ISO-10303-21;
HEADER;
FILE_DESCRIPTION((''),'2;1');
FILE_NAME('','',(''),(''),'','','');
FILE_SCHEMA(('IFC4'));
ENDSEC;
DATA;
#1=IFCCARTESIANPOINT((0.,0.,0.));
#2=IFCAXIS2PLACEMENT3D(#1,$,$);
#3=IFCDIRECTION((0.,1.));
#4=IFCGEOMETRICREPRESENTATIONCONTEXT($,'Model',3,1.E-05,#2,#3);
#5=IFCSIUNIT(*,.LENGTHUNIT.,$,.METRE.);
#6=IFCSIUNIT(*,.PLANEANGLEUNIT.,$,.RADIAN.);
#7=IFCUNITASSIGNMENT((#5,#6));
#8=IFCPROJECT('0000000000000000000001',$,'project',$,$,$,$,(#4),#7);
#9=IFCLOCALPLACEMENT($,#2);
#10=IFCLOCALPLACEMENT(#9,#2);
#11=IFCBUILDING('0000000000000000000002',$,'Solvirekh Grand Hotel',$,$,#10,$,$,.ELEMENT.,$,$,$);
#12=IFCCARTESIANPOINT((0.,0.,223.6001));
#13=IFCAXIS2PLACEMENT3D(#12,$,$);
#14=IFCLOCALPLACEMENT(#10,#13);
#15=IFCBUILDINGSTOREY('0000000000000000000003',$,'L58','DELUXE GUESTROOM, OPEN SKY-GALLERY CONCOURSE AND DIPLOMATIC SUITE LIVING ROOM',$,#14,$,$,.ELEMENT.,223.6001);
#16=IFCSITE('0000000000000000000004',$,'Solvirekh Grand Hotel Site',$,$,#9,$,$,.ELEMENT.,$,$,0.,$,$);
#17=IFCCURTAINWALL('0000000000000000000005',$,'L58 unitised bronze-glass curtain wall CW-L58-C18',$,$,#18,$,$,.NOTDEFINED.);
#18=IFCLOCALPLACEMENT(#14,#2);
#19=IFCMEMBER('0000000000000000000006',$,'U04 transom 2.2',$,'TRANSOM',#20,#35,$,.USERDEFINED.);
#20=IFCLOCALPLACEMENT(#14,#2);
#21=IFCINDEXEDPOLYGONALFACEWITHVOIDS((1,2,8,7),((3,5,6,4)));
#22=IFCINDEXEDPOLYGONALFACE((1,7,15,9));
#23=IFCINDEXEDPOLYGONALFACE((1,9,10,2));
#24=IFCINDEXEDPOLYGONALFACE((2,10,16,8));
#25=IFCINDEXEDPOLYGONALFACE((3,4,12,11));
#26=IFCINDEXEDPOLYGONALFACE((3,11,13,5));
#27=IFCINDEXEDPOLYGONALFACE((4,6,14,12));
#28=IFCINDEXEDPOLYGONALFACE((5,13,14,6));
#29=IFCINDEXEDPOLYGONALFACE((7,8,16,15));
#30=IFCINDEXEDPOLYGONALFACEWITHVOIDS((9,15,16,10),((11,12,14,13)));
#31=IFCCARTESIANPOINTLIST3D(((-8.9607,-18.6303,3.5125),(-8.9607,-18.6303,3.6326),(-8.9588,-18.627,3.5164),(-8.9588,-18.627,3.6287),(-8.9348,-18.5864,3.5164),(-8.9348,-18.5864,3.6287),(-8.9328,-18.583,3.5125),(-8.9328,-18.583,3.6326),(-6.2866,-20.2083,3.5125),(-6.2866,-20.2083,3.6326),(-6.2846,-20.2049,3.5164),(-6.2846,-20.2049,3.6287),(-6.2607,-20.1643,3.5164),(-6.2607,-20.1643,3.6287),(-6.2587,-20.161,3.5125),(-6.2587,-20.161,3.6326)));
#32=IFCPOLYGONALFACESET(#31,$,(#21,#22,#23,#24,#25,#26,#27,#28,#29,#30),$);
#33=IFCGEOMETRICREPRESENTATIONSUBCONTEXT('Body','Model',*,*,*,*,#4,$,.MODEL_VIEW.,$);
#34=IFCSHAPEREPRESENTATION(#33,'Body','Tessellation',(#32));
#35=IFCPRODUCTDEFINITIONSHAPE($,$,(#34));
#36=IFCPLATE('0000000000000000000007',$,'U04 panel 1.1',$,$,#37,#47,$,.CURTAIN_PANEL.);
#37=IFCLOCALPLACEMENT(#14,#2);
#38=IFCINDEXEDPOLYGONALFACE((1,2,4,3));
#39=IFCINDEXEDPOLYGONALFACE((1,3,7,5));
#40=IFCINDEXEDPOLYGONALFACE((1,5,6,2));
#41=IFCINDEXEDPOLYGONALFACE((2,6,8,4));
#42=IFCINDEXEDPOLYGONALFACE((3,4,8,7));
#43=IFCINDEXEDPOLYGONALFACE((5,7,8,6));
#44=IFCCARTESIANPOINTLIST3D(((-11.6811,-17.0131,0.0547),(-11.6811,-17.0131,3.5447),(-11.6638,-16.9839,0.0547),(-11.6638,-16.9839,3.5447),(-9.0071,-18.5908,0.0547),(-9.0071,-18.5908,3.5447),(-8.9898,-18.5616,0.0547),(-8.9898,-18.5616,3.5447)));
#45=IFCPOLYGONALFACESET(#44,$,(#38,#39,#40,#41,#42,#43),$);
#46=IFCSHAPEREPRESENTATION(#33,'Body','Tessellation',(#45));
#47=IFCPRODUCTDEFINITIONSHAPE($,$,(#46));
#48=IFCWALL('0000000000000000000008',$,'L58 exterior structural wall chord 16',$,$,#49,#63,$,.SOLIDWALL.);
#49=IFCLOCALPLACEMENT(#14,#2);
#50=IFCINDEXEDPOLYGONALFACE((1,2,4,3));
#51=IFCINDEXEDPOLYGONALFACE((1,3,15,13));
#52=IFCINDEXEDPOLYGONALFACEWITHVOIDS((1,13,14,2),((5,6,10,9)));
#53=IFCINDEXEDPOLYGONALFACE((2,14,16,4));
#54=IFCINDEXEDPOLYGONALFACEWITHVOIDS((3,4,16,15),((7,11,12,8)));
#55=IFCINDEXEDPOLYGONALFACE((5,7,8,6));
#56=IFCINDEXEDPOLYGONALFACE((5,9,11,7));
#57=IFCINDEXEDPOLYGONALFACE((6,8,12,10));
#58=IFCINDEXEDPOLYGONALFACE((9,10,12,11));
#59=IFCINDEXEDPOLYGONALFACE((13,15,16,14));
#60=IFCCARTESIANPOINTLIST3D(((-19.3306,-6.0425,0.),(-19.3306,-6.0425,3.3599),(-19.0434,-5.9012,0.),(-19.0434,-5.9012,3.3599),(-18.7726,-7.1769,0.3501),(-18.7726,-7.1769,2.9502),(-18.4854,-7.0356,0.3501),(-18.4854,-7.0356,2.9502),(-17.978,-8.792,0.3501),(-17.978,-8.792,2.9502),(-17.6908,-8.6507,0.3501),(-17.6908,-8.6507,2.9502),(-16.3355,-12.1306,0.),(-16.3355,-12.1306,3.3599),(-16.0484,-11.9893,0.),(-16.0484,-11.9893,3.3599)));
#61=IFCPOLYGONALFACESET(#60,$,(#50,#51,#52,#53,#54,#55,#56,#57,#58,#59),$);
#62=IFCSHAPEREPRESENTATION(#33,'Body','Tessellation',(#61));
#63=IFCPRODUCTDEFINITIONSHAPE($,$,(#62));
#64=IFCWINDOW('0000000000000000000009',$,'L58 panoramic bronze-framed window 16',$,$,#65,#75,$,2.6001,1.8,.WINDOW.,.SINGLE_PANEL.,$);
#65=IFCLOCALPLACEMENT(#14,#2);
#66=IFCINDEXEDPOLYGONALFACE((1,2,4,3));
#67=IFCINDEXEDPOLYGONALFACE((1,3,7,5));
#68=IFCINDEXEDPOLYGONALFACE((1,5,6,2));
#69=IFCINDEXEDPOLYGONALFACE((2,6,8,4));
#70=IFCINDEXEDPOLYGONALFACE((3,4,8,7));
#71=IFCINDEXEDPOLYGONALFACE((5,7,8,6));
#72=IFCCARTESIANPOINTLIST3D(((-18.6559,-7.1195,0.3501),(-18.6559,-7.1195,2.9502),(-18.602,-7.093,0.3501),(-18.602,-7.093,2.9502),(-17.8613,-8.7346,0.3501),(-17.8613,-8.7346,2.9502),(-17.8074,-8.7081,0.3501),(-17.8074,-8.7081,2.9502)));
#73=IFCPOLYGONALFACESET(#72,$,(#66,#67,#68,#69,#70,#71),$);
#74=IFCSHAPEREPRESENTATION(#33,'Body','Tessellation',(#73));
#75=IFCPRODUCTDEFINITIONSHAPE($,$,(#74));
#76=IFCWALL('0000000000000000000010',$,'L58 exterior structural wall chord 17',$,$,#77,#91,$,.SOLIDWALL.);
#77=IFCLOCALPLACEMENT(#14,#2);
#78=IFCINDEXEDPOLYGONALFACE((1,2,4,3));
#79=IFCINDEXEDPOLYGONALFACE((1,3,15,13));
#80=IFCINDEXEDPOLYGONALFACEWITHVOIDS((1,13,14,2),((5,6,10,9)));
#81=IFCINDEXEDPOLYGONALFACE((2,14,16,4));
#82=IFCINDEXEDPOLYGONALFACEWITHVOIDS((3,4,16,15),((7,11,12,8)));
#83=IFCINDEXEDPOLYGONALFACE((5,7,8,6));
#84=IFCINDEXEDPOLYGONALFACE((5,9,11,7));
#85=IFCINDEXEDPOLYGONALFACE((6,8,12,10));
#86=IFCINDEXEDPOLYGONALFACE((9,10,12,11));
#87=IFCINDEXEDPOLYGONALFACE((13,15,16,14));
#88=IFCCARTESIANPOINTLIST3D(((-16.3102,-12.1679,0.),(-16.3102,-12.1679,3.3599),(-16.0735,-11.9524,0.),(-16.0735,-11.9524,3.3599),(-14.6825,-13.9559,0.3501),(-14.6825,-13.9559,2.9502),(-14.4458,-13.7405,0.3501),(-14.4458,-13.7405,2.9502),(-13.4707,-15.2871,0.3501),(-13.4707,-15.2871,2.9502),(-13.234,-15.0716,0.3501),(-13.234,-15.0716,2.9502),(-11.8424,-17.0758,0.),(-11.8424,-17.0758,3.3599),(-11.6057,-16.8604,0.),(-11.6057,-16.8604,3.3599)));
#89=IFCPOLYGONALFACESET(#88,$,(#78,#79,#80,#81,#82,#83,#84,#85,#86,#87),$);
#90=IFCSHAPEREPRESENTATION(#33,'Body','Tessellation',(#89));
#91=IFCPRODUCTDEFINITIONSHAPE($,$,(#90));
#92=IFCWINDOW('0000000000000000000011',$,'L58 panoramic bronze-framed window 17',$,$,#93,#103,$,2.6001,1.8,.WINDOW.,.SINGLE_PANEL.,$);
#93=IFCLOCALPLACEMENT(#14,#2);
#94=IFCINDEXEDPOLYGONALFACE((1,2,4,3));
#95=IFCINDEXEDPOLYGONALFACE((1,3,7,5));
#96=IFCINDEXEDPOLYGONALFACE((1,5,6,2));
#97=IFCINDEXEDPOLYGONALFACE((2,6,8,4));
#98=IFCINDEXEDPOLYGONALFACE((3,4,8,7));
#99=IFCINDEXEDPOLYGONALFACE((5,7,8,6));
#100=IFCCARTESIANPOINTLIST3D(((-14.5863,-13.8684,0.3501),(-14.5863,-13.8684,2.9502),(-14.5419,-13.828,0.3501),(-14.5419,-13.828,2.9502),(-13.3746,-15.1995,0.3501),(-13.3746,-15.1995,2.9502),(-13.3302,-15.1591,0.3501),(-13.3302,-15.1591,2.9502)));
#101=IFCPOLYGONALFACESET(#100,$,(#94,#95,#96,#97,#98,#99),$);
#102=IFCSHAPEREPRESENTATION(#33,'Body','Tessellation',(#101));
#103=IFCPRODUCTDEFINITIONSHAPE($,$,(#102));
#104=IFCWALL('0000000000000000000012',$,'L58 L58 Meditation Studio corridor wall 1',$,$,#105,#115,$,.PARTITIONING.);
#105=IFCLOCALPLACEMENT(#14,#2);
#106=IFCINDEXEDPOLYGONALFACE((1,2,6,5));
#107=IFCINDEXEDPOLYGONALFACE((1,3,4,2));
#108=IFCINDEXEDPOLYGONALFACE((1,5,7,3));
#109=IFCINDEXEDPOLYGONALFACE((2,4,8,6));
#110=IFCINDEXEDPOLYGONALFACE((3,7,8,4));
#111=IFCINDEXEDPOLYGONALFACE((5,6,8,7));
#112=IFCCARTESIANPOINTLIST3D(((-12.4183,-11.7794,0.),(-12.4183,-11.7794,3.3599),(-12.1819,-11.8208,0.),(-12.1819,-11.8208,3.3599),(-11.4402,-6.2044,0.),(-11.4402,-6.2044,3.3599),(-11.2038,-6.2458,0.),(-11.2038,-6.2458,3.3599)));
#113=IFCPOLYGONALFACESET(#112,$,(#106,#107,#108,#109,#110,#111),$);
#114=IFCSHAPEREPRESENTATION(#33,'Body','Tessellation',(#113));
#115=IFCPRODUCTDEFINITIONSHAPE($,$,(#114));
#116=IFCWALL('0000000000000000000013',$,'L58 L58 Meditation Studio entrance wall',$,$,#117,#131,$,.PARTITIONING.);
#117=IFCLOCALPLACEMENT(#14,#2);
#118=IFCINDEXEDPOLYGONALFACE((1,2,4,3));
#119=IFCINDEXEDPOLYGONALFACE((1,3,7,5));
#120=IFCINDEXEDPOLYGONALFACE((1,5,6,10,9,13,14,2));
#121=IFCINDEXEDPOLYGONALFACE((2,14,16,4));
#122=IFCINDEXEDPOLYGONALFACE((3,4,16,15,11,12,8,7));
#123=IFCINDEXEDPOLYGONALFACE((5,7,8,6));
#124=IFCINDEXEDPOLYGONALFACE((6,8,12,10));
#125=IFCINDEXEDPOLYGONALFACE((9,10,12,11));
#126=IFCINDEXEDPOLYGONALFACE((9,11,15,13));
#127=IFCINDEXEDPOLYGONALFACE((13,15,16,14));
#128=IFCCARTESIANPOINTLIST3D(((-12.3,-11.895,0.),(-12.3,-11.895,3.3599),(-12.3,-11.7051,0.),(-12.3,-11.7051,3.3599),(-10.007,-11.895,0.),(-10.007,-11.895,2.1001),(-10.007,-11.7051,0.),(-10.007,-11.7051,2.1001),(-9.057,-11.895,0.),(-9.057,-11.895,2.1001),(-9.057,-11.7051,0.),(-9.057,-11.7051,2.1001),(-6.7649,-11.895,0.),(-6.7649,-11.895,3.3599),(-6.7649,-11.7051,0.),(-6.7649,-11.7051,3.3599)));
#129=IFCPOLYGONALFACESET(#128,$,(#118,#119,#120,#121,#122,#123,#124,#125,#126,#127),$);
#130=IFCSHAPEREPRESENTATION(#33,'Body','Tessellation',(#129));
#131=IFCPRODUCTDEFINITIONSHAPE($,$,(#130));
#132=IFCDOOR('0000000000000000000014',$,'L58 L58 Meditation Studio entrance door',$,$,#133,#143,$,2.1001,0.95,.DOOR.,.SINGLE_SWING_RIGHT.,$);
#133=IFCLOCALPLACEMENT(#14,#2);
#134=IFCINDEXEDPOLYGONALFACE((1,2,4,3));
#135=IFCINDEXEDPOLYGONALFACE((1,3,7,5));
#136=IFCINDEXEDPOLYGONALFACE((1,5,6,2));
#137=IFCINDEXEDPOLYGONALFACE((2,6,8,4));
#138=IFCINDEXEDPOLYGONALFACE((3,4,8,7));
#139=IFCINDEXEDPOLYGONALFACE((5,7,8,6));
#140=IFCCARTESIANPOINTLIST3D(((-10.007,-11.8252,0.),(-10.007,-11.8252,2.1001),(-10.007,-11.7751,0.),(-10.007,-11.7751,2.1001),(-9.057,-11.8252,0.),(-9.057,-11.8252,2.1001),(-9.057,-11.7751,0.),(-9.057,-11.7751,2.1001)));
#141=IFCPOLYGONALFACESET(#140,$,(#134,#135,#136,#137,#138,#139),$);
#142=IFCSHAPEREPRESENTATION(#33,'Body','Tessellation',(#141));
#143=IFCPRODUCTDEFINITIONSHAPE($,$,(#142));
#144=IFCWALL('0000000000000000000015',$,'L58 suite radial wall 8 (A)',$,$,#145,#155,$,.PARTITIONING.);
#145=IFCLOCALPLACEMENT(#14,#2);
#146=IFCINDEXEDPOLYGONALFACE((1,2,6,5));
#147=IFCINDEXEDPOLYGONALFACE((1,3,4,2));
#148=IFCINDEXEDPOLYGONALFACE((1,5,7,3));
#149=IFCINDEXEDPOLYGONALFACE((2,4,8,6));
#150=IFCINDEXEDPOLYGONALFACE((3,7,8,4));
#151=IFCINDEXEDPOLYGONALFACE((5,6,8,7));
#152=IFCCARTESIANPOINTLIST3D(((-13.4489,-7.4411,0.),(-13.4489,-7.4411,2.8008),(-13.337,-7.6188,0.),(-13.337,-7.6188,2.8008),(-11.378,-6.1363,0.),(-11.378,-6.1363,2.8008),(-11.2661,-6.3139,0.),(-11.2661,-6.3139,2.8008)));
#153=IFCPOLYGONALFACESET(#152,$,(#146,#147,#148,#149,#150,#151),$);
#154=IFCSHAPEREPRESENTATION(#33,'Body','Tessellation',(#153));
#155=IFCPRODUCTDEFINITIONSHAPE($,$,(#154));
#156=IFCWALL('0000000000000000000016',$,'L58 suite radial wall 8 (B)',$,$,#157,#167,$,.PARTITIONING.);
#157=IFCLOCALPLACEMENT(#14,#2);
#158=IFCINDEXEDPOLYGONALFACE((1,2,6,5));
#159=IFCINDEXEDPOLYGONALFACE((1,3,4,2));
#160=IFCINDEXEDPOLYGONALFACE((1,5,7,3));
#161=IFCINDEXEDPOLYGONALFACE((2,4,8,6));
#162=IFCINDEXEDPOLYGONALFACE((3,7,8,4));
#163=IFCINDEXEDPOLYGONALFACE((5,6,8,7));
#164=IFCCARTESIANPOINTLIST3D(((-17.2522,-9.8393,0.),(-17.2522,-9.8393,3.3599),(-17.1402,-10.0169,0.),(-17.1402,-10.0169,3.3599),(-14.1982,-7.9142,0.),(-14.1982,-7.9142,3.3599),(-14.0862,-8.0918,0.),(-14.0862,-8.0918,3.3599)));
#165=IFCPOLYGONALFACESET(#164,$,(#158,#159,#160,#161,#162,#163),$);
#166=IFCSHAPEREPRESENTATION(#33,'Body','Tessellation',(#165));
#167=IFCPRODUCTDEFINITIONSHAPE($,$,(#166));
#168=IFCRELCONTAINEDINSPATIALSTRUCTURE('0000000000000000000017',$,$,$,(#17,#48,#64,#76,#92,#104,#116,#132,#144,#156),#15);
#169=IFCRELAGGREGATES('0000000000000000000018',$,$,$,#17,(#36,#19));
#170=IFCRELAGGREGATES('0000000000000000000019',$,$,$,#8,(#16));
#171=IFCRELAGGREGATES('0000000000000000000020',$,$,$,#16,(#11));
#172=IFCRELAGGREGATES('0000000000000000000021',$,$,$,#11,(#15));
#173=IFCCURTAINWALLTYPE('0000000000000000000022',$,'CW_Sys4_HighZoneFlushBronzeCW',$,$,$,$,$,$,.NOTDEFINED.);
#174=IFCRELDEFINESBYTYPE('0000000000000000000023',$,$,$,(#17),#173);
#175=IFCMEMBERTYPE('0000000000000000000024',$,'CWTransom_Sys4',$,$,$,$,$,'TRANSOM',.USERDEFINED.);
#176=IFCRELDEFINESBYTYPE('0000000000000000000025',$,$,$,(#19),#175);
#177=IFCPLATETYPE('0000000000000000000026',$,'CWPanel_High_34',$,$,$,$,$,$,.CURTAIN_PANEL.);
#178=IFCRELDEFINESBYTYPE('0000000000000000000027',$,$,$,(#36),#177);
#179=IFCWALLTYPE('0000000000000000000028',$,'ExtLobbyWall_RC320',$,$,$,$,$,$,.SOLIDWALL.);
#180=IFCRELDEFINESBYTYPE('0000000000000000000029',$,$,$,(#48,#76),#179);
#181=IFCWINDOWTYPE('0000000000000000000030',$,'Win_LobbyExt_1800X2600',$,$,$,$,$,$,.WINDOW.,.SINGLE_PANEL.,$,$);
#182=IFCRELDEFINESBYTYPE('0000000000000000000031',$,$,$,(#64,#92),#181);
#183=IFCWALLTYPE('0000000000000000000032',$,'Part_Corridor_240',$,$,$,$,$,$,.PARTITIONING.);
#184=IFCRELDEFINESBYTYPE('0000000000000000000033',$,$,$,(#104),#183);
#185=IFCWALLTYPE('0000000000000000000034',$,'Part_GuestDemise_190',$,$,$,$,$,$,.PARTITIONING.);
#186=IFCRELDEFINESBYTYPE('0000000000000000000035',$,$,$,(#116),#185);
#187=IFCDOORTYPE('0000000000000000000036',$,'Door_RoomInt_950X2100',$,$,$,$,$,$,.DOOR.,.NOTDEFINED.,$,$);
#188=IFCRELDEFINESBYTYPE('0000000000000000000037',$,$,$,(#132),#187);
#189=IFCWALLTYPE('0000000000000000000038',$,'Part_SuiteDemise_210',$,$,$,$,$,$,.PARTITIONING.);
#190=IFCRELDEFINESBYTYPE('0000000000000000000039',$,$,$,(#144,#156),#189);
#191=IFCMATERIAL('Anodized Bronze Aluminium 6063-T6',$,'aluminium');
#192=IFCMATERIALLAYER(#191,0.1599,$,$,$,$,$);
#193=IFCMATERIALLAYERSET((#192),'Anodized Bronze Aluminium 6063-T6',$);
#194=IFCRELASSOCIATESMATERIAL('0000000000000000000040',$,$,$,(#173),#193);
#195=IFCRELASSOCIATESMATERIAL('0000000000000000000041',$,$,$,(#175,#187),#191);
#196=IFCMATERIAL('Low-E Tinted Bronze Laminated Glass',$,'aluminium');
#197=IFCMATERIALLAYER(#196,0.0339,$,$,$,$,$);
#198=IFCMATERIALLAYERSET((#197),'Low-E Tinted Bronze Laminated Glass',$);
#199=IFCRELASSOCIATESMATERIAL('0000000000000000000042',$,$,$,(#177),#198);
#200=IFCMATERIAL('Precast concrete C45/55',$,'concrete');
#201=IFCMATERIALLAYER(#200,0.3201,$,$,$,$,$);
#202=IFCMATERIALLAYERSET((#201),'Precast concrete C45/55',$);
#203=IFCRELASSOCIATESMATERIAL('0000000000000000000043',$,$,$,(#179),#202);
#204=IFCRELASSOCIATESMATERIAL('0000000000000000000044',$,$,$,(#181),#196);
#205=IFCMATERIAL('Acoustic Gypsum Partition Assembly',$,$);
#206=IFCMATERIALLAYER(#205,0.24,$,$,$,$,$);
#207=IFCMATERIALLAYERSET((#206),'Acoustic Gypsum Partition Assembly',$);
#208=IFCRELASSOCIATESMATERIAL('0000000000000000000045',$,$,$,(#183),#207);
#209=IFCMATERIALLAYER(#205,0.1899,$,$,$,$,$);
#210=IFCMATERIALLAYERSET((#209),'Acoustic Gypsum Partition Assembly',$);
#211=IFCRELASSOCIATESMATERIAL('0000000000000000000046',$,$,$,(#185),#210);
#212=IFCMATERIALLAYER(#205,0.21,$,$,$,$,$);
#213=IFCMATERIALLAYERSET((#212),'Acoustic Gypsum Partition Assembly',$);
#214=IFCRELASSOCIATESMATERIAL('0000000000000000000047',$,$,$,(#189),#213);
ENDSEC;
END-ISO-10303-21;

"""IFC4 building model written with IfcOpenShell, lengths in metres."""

from ifc_helpers import new_model, si_unit, direction, frame, frame_2d, origin, origin_2d, place, context, subcontext, project, spatial, rectangle, hollow_rectangle, extrude, source, transform, mapped, material, layer, layer_set, material_profile, profile_set, type_object, element, fill, aggregate, save


model = new_model("IFC4")

# Units and contexts
model_context = context("Model", 3, precision=1e-05, world=origin(), true_north=direction((0.0, 1.0)))
body_context = subcontext(model_context, "Body", "Model", "MODEL_VIEW")
ifc_project = project(units=[si_unit("LENGTHUNIT", "METRE"), si_unit("PLANEANGLEUNIT", "RADIAN")], contexts=[model_context])

# Site, building, storey
site_placement = place(None, origin())
site = spatial("IfcSite", under=ifc_project, at=site_placement, Name="Solvirekh Grand Hotel Site", CompositionType="ELEMENT", RefElevation=0.0)
building_placement = place(site_placement, origin())
building = spatial("IfcBuilding", under=site, at=building_placement, Name="Solvirekh Grand Hotel", CompositionType="ELEMENT")
storey_placement = place(building_placement, frame((0.0, 0.0, 223.6001)))
storey = spatial("IfcBuildingStorey", under=building, at=storey_placement, Name="L58", Description="DELUXE GUESTROOM, OPEN SKY-GALLERY CONCOURSE AND DIPLOMATIC SUITE LIVING ROOM", CompositionType="ELEMENT", Elevation=223.6001)

# Curtain wall, member, plate
ifc_material_1 = material(Name="Anodized Bronze Aluminium 6063-T6", Category="aluminium")
ifc_layer_1 = layer(ifc_material_1, 0.1599)
ifc_layer_set_1 = layer_set([ifc_layer_1], Name="Anodized Bronze Aluminium 6063-T6")
curtain_wall_type = type_object("IfcCurtainWallType", Name="CW_Sys4_HighZoneFlushBronzeCW", PredefinedType="NOTDEFINED", material=ifc_layer_set_1)
curtain_wall_placement = place(storey_placement, origin())
curtain_wall = element("IfcCurtainWall", 1, at=curtain_wall_placement, inside=storey, type_object=curtain_wall_type, Name="L58 unitised bronze-glass curtain wall CW-L58-C18", PredefinedType="NOTDEFINED")
ifc_material_profile_1 = material_profile(ifc_material_1, hollow_rectangle(XDim=0.0549, YDim=0.1201, WallThickness=0.0039, at=origin_2d()), Name="ALU RHS 120X55X4")
ifc_profile_set_1 = profile_set([ifc_material_profile_1], Name="Anodized Bronze Aluminium 6063-T6")
member_type_1 = type_object("IfcMemberType", Name="CWTransom_Sys4", ElementType="TRANSOM", PredefinedType="USERDEFINED", material=ifc_profile_set_1)
shared_shape_1 = source(origin(), body_context, "Body", "SweptSolid", [
    extrude(hollow_rectangle(XDim=0.0549, YDim=0.1201, WallThickness=0.0039, at=origin_2d()), origin(), (0.0, 0.0, 1.0), 3.105),
])
member_1_placement = place(storey_placement, frame((-8.9468, -18.6067, 3.5725), z_axis=(0.861244, -0.508191, 0.0), x_axis=(0.508191, 0.861244, 0.0)))
member_1 = element("IfcMember", 2, at=member_1_placement, type_object=member_type_1, Name="U04 transom 2.2", ObjectType="TRANSOM", PredefinedType="USERDEFINED", context=body_context, shape_type="MappedRepresentation", body=[
    mapped(shared_shape_1, transform((0.0, 0.0, 0.0), x_axis=(1.0, 0.0, 0.0), y_axis=(0.0, 1.0, 0.0), z_axis=(0.0, 0.0, 1.0), scale=1.0)),
])
ifc_material_2 = material(Name="Low-E Tinted Bronze Laminated Glass", Category="aluminium")
ifc_layer_2 = layer(ifc_material_2, 0.0339)
ifc_layer_set_2 = layer_set([ifc_layer_2], Name="Low-E Tinted Bronze Laminated Glass")
plate_type = type_object("IfcPlateType", Name="CWPanel_High_34", PredefinedType="CURTAIN_PANEL", material=ifc_layer_set_2)
shared_shape_2 = source(origin(), body_context, "Body", "SweptSolid", [
    extrude(rectangle(XDim=3.1047, YDim=0.0339, at=origin_2d()), origin(), (0.0, 0.0, 1.0), 3.49),
])
plate_placement = place(storey_placement, frame((-10.3354, -17.7874, 0.0547), z_axis=(0.0, 0.0, 1.0), x_axis=(0.861254, -0.508176, 0.0)))
plate = element("IfcPlate", 3, at=plate_placement, type_object=plate_type, Name="U04 panel 1.1", PredefinedType="CURTAIN_PANEL", context=body_context, shape_type="MappedRepresentation", body=[
    mapped(shared_shape_2, transform((0.0, 0.0, 0.0), x_axis=(1.0, 0.0, 0.0), y_axis=(0.0, 1.0, 0.0), z_axis=(0.0, 0.0, 1.0), scale=1.0)),
])
aggregate(curtain_wall, [plate, member_1])

# Walls, openings, windows
ifc_material_3 = material(Name="Precast concrete C45/55", Category="concrete")
ifc_layer_3 = layer(ifc_material_3, 0.3201)
ifc_layer_set_3 = layer_set([ifc_layer_3], Name="Precast concrete C45/55")
wall_type_1 = type_object("IfcWallType", Name="ExtLobbyWall_RC320", PredefinedType="SOLIDWALL", material=ifc_layer_set_3)
wall_1_placement = place(storey_placement, frame((-16.1919, -12.0601, 0.0), z_axis=(0.0, 0.0, 1.0), x_axis=(-0.441433, 0.897294, 0.0)))
wall_1 = element("IfcWall", 4, at=wall_1_placement, inside=storey, type_object=wall_type_1, Name="L58 exterior structural wall chord 16", PredefinedType="SOLIDWALL", context=body_context, shape_type="SweptSolid", body=[
    extrude(rectangle(XDim=6.7849, YDim=0.3201, at=frame_2d((3.3926, 0.0))), origin(), (0.0, 0.0, 1.0), 3.3599),
])
opening_1_placement = place(wall_1_placement, frame((3.7209, 0.0, 0.3501)))
opening_1 = element("IfcOpeningElement", 5, at=opening_1_placement, cuts=wall_1, PredefinedType="OPENING", context=body_context, shape_type="SweptSolid", body=[
    extrude(rectangle(XDim=1.8, YDim=2.6001, at=frame_2d((0.8999, 1.3))), frame((0.0, 0.1699, 0.0), z_axis=(0.0, -1.0, 0.0), x_axis=(1.0, 0.0, 0.0)), (0.0, 0.0, 1.0), 0.3401),
])
window_type = type_object("IfcWindowType", Name="Win_LobbyExt_1800X2600", PartitioningType="SINGLE_PANEL", PredefinedType="WINDOW", material=ifc_material_2)
window_1_placement = place(opening_1_placement, origin())
window_1 = element("IfcWindow", 6, at=window_1_placement, inside=storey, type_object=window_type, Name="L58 panoramic bronze-framed window 16", OverallHeight=2.6001, OverallWidth=1.8, PartitioningType="SINGLE_PANEL", PredefinedType="WINDOW", context=body_context, shape_type="SweptSolid", body=[
    extrude(rectangle(XDim=1.8, YDim=2.6001, at=frame_2d((0.8999, 1.3))), frame((0.0, 0.03, 0.0), z_axis=(0.0, -1.0, 0.0), x_axis=(1.0, 0.0, 0.0)), (0.0, 0.0, 1.0), 0.0601),
])
fill(opening_1, window_1)
wall_2_placement = place(storey_placement, frame((-11.7241, -16.968, 0.0), z_axis=(0.0, 0.0, 1.0), x_axis=(-0.673167, 0.73949, 0.0)))
wall_2 = element("IfcWall", 7, at=wall_2_placement, inside=storey, type_object=wall_type_1, Name="L58 exterior structural wall chord 17", PredefinedType="SOLIDWALL", context=body_context, shape_type="SweptSolid", body=[
    extrude(rectangle(XDim=6.637, YDim=0.3201, at=frame_2d((3.3184, 0.0))), origin(), (0.0, 0.0, 1.0), 3.3599),
])
opening_2_placement = place(wall_2_placement, frame((2.4189, 0.0, 0.3501)))
opening_2 = element("IfcOpeningElement", 8, at=opening_2_placement, cuts=wall_2, PredefinedType="OPENING", context=body_context, shape_type="SweptSolid", body=[
    extrude(rectangle(XDim=1.8, YDim=2.6001, at=frame_2d((0.8999, 1.3))), frame((0.0, 0.1699, 0.0), z_axis=(0.0, -1.0, 0.0), x_axis=(1.0, 0.0, 0.0)), (0.0, 0.0, 1.0), 0.3401),
])
window_2_placement = place(opening_2_placement, origin())
window_2 = element("IfcWindow", 9, at=window_2_placement, inside=storey, type_object=window_type, Name="L58 panoramic bronze-framed window 17", OverallHeight=2.6001, OverallWidth=1.8, PartitioningType="SINGLE_PANEL", PredefinedType="WINDOW", context=body_context, shape_type="SweptSolid", body=[
    extrude(rectangle(XDim=1.8, YDim=2.6001, at=frame_2d((0.8999, 1.3))), frame((0.0, 0.03, 0.0), z_axis=(0.0, -1.0, 0.0), x_axis=(1.0, 0.0, 0.0)), (0.0, 0.0, 1.0), 0.0601),
])
fill(opening_2, window_2)

# Wall
ifc_material_4 = material(Name="Acoustic Gypsum Partition Assembly")
ifc_layer_4 = layer(ifc_material_4, 0.24)
ifc_layer_set_4 = layer_set([ifc_layer_4], Name="Acoustic Gypsum Partition Assembly")
wall_type_2 = type_object("IfcWallType", Name="Part_Corridor_240", PredefinedType="PARTITIONING", material=ifc_layer_set_4)
wall_3_placement = place(storey_placement, frame((-11.322, -6.2251, 0.0), z_axis=(0.0, 0.0, 1.0), x_axis=(-0.172794, -0.984958, 0.0)))
element("IfcWall", 10, at=wall_3_placement, inside=storey, type_object=wall_type_2, Name="L58 L58 Meditation Studio corridor wall 1", PredefinedType="PARTITIONING", context=body_context, shape_type="SweptSolid", body=[
    extrude(rectangle(XDim=5.6602, YDim=0.24, at=frame_2d((2.8301, 0.0))), origin(), (0.0, 0.0, 1.0), 3.3599),
])

# Wall, opening, door
ifc_layer_5 = layer(ifc_material_4, 0.1899)
ifc_layer_set_5 = layer_set([ifc_layer_5], Name="Acoustic Gypsum Partition Assembly")
wall_type_3 = type_object("IfcWallType", Name="Part_GuestDemise_190", PredefinedType="PARTITIONING", material=ifc_layer_set_5)
wall_4_placement = place(storey_placement, frame((-12.3, -11.8, 0.0), z_axis=(0.0, 0.0, 1.0), x_axis=(1.0, 0.0, 0.0)))
wall_4 = element("IfcWall", 11, at=wall_4_placement, inside=storey, type_object=wall_type_3, Name="L58 L58 Meditation Studio entrance wall", PredefinedType="PARTITIONING", context=body_context, shape_type="SweptSolid", body=[
    extrude(rectangle(XDim=5.5352, YDim=0.1899, at=frame_2d((2.7676, 0.0))), origin(), (0.0, 0.0, 1.0), 3.3599),
])
opening_3_placement = place(wall_4_placement, frame((2.293, 0.0, 0.0)))
opening_3 = element("IfcOpeningElement", 12, at=opening_3_placement, cuts=wall_4, PredefinedType="OPENING", context=body_context, shape_type="SweptSolid", body=[
    extrude(rectangle(XDim=0.95, YDim=2.1001, at=frame_2d((0.4751, 1.05))), frame((0.0, 0.105, 0.0), z_axis=(0.0, -1.0, 0.0), x_axis=(1.0, 0.0, 0.0)), (0.0, 0.0, 1.0), 0.21),
])
door_type = type_object("IfcDoorType", Name="Door_RoomInt_950X2100", OperationType="NOTDEFINED", PredefinedType="DOOR", material=ifc_material_1)
door_placement = place(opening_3_placement, origin())
door = element("IfcDoor", 13, at=door_placement, inside=storey, type_object=door_type, Name="L58 L58 Meditation Studio entrance door", OperationType="SINGLE_SWING_RIGHT", OverallHeight=2.1001, OverallWidth=0.95, PredefinedType="DOOR", context=body_context, shape_type="SweptSolid", body=[
    extrude(rectangle(XDim=0.95, YDim=2.1001, at=frame_2d((0.4751, 1.05))), frame((0.0, 0.0249, 0.0), z_axis=(0.0, -1.0, 0.0), x_axis=(1.0, 0.0, 0.0)), (0.0, 0.0, 1.0), 0.05),
])
fill(opening_3, door)

# Walls
ifc_layer_6 = layer(ifc_material_4, 0.21)
ifc_layer_set_6 = layer_set([ifc_layer_6], Name="Acoustic Gypsum Partition Assembly")
wall_type_4 = type_object("IfcWallType", Name="Part_SuiteDemise_210", PredefinedType="PARTITIONING", material=ifc_layer_set_6)
wall_5_placement = place(storey_placement, frame((-11.322, -6.2251, 0.0), z_axis=(0.0, 0.0, 1.0), x_axis=(-0.84606, -0.533088, 0.0)))
element("IfcWall", 14, at=wall_5_placement, inside=storey, type_object=wall_type_4, Name="L58 suite radial wall 8 (A)", PredefinedType="PARTITIONING", context=body_context, shape_type="SweptSolid", body=[
    extrude(rectangle(XDim=2.4478, YDim=0.21, at=frame_2d((1.2239, 0.0))), origin(), (0.0, 0.0, 1.0), 2.8008),
])
wall_6_placement = place(storey_placement, frame((-14.1421, -8.0029, 0.0), z_axis=(0.0, 0.0, 1.0), x_axis=(-0.845959, -0.533247, 0.0)))
element("IfcWall", 15, at=wall_6_placement, inside=storey, type_object=wall_type_4, Name="L58 suite radial wall 8 (B)", PredefinedType="PARTITIONING", context=body_context, shape_type="SweptSolid", body=[
    extrude(rectangle(XDim=3.6101, YDim=0.21, at=frame_2d((1.8052, 0.0))), origin(), (0.0, 0.0, 1.0), 3.3599),
])

save(model, "model.ifc")
